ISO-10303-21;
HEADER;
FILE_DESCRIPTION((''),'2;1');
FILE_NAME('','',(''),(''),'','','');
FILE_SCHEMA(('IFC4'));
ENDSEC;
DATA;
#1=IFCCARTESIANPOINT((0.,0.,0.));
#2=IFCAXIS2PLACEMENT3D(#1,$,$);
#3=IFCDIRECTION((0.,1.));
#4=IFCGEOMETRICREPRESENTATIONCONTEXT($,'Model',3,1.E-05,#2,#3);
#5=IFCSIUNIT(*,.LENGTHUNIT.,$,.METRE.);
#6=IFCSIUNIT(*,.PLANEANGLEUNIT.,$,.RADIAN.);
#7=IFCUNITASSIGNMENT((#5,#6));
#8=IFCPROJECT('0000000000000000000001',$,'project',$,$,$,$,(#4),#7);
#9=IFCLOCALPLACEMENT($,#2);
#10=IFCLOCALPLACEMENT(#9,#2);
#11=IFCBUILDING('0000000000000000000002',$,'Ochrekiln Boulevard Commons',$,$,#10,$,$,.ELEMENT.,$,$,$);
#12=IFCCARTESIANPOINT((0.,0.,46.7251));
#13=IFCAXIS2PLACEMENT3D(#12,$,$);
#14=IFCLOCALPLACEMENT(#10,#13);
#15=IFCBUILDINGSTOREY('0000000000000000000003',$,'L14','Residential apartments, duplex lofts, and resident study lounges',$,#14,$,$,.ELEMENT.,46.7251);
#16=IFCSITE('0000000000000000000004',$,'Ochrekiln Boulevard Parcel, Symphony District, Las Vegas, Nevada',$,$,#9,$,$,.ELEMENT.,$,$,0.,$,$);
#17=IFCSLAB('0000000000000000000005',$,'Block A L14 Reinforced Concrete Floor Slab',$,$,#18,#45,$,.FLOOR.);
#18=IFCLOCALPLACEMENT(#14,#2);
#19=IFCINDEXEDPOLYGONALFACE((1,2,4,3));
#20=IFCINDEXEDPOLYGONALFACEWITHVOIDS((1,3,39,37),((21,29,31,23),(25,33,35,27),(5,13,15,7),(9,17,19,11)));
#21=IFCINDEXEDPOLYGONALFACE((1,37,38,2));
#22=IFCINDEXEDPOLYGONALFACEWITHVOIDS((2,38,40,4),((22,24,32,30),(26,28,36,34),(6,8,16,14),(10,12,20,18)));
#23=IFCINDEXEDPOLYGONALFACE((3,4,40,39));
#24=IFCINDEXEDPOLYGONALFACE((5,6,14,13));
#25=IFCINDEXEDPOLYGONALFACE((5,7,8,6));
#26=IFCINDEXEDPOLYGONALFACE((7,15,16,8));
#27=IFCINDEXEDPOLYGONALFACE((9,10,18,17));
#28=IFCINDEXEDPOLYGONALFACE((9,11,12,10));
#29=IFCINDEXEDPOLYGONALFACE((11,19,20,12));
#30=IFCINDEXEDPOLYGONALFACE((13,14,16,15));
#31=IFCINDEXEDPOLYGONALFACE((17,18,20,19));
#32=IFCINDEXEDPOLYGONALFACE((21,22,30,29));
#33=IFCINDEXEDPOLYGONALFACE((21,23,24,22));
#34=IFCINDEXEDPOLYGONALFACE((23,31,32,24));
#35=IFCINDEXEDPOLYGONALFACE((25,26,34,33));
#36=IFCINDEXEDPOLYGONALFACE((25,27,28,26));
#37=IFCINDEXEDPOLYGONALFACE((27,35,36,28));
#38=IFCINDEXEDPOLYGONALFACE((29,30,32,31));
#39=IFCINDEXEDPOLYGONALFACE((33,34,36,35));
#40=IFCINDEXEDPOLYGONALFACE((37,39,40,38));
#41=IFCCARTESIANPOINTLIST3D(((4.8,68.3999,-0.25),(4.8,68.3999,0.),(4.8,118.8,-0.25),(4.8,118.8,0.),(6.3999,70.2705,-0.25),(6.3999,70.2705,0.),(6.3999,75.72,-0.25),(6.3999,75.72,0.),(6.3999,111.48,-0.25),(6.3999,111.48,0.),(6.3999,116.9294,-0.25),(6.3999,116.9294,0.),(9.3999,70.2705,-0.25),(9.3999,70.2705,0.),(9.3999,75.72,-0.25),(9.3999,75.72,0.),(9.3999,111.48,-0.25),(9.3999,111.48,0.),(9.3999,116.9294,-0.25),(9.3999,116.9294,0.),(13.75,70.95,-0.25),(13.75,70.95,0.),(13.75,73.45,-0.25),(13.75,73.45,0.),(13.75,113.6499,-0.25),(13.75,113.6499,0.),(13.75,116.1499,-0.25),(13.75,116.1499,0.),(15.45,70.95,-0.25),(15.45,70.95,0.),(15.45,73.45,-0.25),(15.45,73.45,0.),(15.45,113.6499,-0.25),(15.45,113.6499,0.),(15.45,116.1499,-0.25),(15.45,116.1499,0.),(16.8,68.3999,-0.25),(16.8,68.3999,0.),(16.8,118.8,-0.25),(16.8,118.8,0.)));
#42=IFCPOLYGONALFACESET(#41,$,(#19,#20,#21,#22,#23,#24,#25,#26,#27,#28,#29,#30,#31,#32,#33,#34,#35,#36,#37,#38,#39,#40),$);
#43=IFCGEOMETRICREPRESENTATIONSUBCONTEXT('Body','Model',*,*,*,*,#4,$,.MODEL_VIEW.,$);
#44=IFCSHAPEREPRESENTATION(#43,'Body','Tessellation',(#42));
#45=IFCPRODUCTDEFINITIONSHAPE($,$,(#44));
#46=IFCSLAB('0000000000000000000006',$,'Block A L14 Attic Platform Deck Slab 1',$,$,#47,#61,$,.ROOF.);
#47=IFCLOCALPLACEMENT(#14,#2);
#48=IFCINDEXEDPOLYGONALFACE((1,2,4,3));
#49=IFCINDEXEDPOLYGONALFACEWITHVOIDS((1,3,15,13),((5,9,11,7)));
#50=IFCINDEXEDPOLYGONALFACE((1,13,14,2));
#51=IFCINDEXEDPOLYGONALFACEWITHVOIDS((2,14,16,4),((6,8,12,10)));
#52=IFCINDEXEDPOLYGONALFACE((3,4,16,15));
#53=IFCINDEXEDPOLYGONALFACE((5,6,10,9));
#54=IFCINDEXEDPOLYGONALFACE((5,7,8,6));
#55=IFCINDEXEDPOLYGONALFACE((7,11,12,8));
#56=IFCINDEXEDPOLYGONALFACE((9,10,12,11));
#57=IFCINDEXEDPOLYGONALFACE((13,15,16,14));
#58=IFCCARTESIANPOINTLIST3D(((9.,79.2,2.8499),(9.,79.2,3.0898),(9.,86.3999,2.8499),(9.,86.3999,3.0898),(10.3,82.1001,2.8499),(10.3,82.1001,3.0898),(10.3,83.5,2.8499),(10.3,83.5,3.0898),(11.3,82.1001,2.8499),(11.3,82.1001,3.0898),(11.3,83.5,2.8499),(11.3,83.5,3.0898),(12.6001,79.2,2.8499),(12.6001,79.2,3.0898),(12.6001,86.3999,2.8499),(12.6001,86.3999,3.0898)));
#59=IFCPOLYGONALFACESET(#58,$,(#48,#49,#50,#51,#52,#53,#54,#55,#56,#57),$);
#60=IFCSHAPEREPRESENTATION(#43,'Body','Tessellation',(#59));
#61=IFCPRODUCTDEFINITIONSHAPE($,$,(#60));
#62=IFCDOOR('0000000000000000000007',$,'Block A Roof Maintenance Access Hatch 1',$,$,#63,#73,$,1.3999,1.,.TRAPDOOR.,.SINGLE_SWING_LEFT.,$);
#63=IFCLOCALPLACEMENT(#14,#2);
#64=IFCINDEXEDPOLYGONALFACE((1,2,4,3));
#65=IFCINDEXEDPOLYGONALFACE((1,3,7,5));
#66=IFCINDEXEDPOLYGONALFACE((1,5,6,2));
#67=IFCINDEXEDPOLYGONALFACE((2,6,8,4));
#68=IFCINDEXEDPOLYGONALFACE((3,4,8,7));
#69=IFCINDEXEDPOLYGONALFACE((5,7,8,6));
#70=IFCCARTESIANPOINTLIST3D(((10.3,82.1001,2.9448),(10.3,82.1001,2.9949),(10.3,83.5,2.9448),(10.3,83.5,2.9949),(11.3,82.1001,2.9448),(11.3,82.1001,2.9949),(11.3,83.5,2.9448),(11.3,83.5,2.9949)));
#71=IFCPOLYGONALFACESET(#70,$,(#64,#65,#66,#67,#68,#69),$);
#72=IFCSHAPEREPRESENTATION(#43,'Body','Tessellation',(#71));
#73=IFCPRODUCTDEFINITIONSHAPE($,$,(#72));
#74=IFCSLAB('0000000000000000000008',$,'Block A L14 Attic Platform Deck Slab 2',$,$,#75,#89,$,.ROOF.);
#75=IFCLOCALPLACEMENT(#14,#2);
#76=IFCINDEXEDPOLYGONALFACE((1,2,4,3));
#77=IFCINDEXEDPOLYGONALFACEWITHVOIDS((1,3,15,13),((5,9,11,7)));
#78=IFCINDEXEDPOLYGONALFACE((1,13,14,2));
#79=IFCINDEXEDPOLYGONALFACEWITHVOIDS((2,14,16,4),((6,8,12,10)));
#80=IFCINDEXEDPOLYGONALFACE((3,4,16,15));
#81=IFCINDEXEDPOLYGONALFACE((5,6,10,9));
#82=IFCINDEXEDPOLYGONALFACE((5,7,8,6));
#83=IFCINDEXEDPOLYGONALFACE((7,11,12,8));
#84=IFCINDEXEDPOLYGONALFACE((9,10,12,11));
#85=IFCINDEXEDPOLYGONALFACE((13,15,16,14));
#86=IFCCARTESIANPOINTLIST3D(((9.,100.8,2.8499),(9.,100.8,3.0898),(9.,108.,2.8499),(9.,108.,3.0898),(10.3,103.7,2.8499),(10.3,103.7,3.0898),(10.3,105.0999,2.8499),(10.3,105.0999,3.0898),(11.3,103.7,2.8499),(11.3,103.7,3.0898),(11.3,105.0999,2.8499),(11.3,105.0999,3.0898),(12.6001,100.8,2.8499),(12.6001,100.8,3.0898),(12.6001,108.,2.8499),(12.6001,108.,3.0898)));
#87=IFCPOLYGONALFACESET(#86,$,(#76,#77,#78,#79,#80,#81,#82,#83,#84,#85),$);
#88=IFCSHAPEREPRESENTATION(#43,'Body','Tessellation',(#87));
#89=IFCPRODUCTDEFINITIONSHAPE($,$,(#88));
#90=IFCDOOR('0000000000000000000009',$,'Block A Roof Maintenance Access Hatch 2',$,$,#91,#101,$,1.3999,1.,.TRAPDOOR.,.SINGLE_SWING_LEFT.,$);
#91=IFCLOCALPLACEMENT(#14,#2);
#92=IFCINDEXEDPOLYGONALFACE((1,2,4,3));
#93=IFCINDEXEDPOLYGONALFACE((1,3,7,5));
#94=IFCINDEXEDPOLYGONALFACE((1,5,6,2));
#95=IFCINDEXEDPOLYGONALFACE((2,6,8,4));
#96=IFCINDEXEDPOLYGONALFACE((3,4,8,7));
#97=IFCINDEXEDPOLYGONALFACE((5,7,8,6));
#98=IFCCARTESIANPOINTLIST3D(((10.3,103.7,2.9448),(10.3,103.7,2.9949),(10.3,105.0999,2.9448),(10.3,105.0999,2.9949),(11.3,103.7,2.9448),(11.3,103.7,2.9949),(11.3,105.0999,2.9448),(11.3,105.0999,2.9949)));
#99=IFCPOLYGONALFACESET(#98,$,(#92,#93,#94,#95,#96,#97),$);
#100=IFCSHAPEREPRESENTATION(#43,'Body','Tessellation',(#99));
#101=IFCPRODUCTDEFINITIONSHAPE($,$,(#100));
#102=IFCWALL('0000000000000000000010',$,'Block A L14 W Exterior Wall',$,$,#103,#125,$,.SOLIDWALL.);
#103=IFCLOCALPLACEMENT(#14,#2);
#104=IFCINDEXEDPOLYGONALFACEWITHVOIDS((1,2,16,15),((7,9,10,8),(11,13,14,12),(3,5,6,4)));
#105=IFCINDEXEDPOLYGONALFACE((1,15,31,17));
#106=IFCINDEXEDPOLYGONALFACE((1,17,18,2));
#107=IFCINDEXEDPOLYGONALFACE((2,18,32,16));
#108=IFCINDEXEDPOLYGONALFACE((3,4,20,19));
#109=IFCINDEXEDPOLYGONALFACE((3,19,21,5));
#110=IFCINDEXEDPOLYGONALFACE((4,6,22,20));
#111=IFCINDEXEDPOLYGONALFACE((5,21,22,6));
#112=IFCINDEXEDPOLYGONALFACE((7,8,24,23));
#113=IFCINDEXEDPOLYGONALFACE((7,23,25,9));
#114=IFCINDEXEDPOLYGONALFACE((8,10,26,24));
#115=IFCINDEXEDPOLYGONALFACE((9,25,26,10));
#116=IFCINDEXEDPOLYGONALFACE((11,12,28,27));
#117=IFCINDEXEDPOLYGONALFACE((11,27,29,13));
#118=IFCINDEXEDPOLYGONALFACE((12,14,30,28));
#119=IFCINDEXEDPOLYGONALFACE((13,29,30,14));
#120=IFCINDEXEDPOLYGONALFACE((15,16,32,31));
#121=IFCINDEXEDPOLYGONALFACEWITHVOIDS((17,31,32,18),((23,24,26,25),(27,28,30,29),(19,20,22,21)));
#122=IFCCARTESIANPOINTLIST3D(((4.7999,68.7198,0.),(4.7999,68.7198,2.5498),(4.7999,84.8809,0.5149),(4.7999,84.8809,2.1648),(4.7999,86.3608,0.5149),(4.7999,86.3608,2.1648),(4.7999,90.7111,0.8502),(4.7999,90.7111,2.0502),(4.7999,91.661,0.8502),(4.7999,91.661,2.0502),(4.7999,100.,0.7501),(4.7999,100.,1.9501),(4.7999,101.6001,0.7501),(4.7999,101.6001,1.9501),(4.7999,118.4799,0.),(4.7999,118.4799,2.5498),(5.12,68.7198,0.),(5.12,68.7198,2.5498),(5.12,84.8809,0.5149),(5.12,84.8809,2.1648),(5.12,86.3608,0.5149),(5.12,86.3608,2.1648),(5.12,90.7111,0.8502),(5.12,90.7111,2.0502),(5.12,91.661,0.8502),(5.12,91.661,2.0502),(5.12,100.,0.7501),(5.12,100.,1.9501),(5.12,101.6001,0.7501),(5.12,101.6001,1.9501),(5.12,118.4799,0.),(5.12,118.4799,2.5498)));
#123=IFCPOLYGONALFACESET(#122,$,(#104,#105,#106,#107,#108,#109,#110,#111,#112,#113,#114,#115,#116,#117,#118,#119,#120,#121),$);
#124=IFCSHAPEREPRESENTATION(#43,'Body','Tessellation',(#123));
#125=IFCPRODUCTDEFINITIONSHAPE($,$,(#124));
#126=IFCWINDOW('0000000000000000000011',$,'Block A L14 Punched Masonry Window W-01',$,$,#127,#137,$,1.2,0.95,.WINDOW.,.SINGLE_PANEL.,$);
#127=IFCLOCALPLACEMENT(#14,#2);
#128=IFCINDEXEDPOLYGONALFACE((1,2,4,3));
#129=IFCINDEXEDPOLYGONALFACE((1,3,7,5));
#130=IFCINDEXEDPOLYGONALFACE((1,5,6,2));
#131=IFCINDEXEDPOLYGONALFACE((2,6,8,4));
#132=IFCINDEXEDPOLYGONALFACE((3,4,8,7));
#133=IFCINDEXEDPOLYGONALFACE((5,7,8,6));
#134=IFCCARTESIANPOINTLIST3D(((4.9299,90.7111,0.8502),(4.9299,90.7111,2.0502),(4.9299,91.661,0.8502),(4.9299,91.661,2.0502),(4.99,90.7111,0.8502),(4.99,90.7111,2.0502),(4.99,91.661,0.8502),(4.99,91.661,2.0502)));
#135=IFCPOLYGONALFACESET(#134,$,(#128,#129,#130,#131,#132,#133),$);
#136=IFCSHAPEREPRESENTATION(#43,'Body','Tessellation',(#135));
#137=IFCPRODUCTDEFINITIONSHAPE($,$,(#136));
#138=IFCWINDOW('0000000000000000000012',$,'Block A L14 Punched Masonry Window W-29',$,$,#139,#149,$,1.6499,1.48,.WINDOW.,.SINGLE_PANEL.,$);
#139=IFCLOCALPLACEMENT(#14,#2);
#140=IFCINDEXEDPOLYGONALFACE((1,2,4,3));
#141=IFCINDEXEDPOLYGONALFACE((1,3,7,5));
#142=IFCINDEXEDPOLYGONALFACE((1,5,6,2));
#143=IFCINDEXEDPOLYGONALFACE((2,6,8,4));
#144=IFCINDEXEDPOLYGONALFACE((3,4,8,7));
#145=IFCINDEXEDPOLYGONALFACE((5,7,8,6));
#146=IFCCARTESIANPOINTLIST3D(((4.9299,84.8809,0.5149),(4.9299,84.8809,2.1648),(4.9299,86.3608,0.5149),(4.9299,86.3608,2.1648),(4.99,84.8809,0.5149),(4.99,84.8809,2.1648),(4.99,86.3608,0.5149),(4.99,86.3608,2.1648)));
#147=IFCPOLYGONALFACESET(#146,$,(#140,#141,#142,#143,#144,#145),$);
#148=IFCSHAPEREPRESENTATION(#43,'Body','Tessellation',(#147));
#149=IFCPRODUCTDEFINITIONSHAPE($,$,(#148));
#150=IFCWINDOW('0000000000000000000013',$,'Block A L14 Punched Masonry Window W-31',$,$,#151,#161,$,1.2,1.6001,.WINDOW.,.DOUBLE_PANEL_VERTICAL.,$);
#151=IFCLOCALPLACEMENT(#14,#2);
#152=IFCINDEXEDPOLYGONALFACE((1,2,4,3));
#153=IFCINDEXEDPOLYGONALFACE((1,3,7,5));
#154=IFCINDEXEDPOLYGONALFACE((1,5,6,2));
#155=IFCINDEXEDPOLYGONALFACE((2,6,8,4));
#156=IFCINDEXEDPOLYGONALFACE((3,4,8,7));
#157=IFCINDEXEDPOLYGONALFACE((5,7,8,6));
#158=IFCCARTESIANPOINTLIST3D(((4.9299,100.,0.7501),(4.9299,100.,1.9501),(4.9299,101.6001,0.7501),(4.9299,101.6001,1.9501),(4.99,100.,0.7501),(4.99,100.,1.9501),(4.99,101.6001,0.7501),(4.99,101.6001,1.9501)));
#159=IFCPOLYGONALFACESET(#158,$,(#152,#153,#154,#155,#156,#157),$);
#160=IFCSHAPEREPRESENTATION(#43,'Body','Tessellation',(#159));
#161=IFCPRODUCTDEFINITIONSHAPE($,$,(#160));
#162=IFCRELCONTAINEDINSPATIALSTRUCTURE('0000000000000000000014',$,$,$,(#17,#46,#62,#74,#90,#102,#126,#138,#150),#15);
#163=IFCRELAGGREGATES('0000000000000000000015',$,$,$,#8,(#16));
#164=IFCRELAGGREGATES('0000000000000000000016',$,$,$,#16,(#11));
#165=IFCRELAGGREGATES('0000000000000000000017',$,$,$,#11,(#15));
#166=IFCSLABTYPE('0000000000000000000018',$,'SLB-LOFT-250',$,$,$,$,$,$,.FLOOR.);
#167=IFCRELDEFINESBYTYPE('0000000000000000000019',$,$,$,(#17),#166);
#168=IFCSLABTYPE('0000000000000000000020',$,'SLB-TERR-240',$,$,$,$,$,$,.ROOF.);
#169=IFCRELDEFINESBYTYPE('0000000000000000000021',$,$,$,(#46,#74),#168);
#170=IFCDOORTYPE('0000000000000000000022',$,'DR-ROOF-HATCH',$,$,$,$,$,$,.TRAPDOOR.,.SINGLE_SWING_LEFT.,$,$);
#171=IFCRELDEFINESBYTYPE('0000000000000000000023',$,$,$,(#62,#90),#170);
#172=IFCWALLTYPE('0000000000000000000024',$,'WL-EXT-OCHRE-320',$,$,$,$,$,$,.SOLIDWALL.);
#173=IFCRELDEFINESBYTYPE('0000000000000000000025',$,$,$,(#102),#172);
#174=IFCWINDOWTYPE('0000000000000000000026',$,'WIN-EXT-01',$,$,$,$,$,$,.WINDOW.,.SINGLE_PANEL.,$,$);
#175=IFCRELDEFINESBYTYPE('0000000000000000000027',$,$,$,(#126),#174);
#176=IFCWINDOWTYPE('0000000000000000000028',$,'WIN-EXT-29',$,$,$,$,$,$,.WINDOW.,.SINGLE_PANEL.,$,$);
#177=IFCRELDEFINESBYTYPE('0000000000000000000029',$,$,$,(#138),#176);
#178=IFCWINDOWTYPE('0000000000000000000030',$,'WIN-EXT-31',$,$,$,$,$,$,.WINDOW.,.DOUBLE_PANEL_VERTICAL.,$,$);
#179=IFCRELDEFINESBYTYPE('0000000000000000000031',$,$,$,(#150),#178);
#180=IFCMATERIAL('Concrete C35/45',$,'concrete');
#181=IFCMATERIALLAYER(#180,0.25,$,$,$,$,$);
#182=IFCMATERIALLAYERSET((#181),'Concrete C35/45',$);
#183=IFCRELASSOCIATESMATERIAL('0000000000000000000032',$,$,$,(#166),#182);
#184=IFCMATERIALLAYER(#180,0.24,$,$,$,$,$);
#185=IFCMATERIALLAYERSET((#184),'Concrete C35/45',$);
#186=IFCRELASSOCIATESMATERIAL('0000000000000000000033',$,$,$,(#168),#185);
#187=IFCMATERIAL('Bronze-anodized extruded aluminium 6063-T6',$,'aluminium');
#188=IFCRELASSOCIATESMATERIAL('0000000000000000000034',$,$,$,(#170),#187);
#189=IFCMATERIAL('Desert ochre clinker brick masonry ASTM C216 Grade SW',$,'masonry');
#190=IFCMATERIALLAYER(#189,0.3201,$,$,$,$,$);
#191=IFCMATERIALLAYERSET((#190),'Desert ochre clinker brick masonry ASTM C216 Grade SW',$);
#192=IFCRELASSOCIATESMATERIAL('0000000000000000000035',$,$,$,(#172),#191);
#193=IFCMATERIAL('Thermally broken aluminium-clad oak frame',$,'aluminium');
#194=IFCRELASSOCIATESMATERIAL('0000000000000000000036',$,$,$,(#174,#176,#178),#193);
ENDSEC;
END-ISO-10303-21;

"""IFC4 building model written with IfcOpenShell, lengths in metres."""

from ifc_helpers import new_model, si_unit, direction, frame, frame_2d, origin, origin_2d, place, context, subcontext, project, spatial, polyline, rectangle, outline, extrude, material, layer, layer_set, type_object, element, fill, save


model = new_model("IFC4")

# Units and contexts
model_context = context("Model", 3, precision=1e-05, world=origin(), true_north=direction((0.0, 1.0)))
body_context = subcontext(model_context, "Body", "Model", "MODEL_VIEW")
ifc_project = project(units=[si_unit("LENGTHUNIT", "METRE"), si_unit("PLANEANGLEUNIT", "RADIAN")], contexts=[model_context])

# Site, building, storey
site_placement = place(None, origin())
site = spatial("IfcSite", under=ifc_project, at=site_placement, Name="Ochrekiln Boulevard Parcel, Symphony District, Las Vegas, Nevada", CompositionType="ELEMENT", RefElevation=0.0)
building_placement = place(site_placement, origin())
building = spatial("IfcBuilding", under=site, at=building_placement, Name="Ochrekiln Boulevard Commons", CompositionType="ELEMENT")
storey_placement = place(building_placement, frame((0.0, 0.0, 46.7251)))
storey = spatial("IfcBuildingStorey", under=building, at=storey_placement, Name="L14", Description="Residential apartments, duplex lofts, and resident study lounges", CompositionType="ELEMENT", Elevation=46.7251)

# Shared definitions
ifc_material_1 = material(Name="Concrete C35/45", Category="concrete")

# Shared definitions
ifc_material_2 = material(Name="Bronze-anodized extruded aluminium 6063-T6", Category="aluminium")

# Slab
ifc_layer_1 = layer(ifc_material_1, 0.25)
ifc_layer_set_1 = layer_set([ifc_layer_1], Name="Concrete C35/45")
slab_type_1 = type_object("IfcSlabType", Name="SLB-LOFT-250", PredefinedType="FLOOR", material=ifc_layer_set_1)
slab_1_placement = place(storey_placement, frame((0.0, 0.0, -0.25)))
element("IfcSlab", 1, at=slab_1_placement, inside=storey, type_object=slab_type_1, Name="Block A L14 Reinforced Concrete Floor Slab", PredefinedType="FLOOR", context=body_context, shape_type="SweptSolid", body=[
    extrude(outline(polyline([(4.8, 68.3999), (16.8, 68.3999), (16.8, 118.8), (4.8, 118.8), (4.8, 68.3999)]), holes=[polyline([(9.3999, 70.2705), (9.3999, 75.72), (6.3999, 75.72), (6.3999, 70.2705), (9.3999, 70.2705)]), polyline([(6.3999, 116.9294), (6.3999, 111.48), (9.3999, 111.48), (9.3999, 116.9294), (6.3999, 116.9294)]), polyline([(13.75, 70.95), (15.45, 70.95), (15.45, 73.45), (13.75, 73.45), (13.75, 70.95)]), polyline([(13.75, 113.6499), (15.45, 113.6499), (15.45, 116.1499), (13.75, 116.1499), (13.75, 113.6499)])]), origin(), (0.0, 0.0, 1.0), 0.25),
])

# Slabs, openings, doors
ifc_layer_2 = layer(ifc_material_1, 0.24)
ifc_layer_set_2 = layer_set([ifc_layer_2], Name="Concrete C35/45")
slab_type_2 = type_object("IfcSlabType", Name="SLB-TERR-240", PredefinedType="ROOF", material=ifc_layer_set_2)
slab_2_placement = place(storey_placement, frame((0.0, 0.0, 2.8499)))
slab_2 = element("IfcSlab", 2, at=slab_2_placement, inside=storey, type_object=slab_type_2, Name="Block A L14 Attic Platform Deck Slab 1", PredefinedType="ROOF", context=body_context, shape_type="SweptSolid", body=[
    extrude(outline(polyline([(9.0, 79.2), (12.6001, 79.2), (12.6001, 86.3999), (9.0, 86.3999), (9.0, 79.2)])), origin(), (0.0, 0.0, 1.0), 0.24),
])
opening_1_placement = place(slab_2_placement, frame((10.8, 82.8, 0.0)))
opening_1 = element("IfcOpeningElement", 3, at=opening_1_placement, cuts=slab_2, PredefinedType="OPENING", context=body_context, shape_type="SweptSolid", body=[
    extrude(rectangle(XDim=1.0, YDim=1.3999, at=origin_2d()), frame((0.0, 0.0, -0.01)), (0.0, 0.0, 1.0), 0.26),
])
door_type_1 = type_object("IfcDoorType", Name="DR-ROOF-HATCH", OperationType="SINGLE_SWING_LEFT", PredefinedType="TRAPDOOR", material=ifc_material_2)
door_1_placement = place(opening_1_placement, frame((0.0, 0.0, 0.095)))
door_1 = element("IfcDoor", 4, at=door_1_placement, inside=storey, type_object=door_type_1, Name="Block A Roof Maintenance Access Hatch 1", OperationType="SINGLE_SWING_LEFT", OverallHeight=1.3999, OverallWidth=1.0, PredefinedType="TRAPDOOR", context=body_context, shape_type="SweptSolid", body=[
    extrude(rectangle(XDim=1.0, YDim=1.3999, at=origin_2d()), origin(), (0.0, 0.0, 1.0), 0.05),
])
fill(opening_1, door_1)
slab_3_placement = place(storey_placement, frame((0.0, 0.0, 2.8499)))
slab_3 = element("IfcSlab", 5, at=slab_3_placement, inside=storey, type_object=slab_type_2, Name="Block A L14 Attic Platform Deck Slab 2", PredefinedType="ROOF", context=body_context, shape_type="SweptSolid", body=[
    extrude(outline(polyline([(9.0, 100.8), (12.6001, 100.8), (12.6001, 108.0), (9.0, 108.0), (9.0, 100.8)])), origin(), (0.0, 0.0, 1.0), 0.24),
])
opening_2_placement = place(slab_3_placement, frame((10.8, 104.3999, 0.0)))
opening_2 = element("IfcOpeningElement", 6, at=opening_2_placement, cuts=slab_3, PredefinedType="OPENING", context=body_context, shape_type="SweptSolid", body=[
    extrude(rectangle(XDim=1.0, YDim=1.3999, at=origin_2d()), frame((0.0, 0.0, -0.01)), (0.0, 0.0, 1.0), 0.26),
])
door_2_placement = place(opening_2_placement, frame((0.0, 0.0, 0.095)))
door_2 = element("IfcDoor", 7, at=door_2_placement, inside=storey, type_object=door_type_1, Name="Block A Roof Maintenance Access Hatch 2", OperationType="SINGLE_SWING_LEFT", OverallHeight=1.3999, OverallWidth=1.0, PredefinedType="TRAPDOOR", context=body_context, shape_type="SweptSolid", body=[
    extrude(rectangle(XDim=1.0, YDim=1.3999, at=origin_2d()), origin(), (0.0, 0.0, 1.0), 0.05),
])
fill(opening_2, door_2)

# Wall, openings, windows
ifc_material_3 = material(Name="Desert ochre clinker brick masonry ASTM C216 Grade SW", Category="masonry")
ifc_layer_3 = layer(ifc_material_3, 0.3201)
ifc_layer_set_3 = layer_set([ifc_layer_3], Name="Desert ochre clinker brick masonry ASTM C216 Grade SW")
wall_type_1 = type_object("IfcWallType", Name="WL-EXT-OCHRE-320", PredefinedType="SOLIDWALL", material=ifc_layer_set_3)
wall_1_placement = place(storey_placement, frame((4.96, 68.72, 0.0), z_axis=(0.0, 0.0, 1.0), x_axis=(0.0, 1.0, 0.0)))
wall_1 = element("IfcWall", 8, at=wall_1_placement, inside=storey, type_object=wall_type_1, Name="Block A L14 W Exterior Wall", PredefinedType="SOLIDWALL", context=body_context, shape_type="SweptSolid", body=[
    extrude(rectangle(XDim=49.76, YDim=0.3201, at=frame_2d((24.8799, 0.0))), origin(), (0.0, 0.0, 1.0), 2.5498),
])
opening_3_placement = place(wall_1_placement, frame((16.1609, 0.0, 0.5149)))
opening_3 = element("IfcOpeningElement", 9, at=opening_3_placement, cuts=wall_1, PredefinedType="OPENING", context=body_context, shape_type="SweptSolid", body=[
    extrude(rectangle(XDim=1.48, YDim=1.6499, at=frame_2d((0.74, 0.825))), frame((0.0, 0.1699, 0.0), z_axis=(0.0, -1.0, 0.0), x_axis=(1.0, 0.0, 0.0)), (0.0, 0.0, 1.0), 0.3401),
])
opening_4_placement = place(wall_1_placement, frame((21.991, 0.0, 0.8501)))
opening_4 = element("IfcOpeningElement", 10, at=opening_4_placement, cuts=wall_1, PredefinedType="OPENING", context=body_context, shape_type="SweptSolid", body=[
    extrude(rectangle(XDim=0.95, YDim=1.2, at=frame_2d((0.4751, 0.6001))), frame((0.0, 0.1699, 0.0), z_axis=(0.0, -1.0, 0.0), x_axis=(1.0, 0.0, 0.0)), (0.0, 0.0, 1.0), 0.3401),
])
opening_5_placement = place(wall_1_placement, frame((31.28, 0.0, 0.75)))
opening_5 = element("IfcOpeningElement", 11, at=opening_5_placement, cuts=wall_1, PredefinedType="OPENING", context=body_context, shape_type="SweptSolid", body=[
    extrude(rectangle(XDim=1.6001, YDim=1.2, at=frame_2d((0.8, 0.6001))), frame((0.0, 0.1699, 0.0), z_axis=(0.0, -1.0, 0.0), x_axis=(1.0, 0.0, 0.0)), (0.0, 0.0, 1.0), 0.3401),
])
ifc_material_4 = material(Name="Thermally broken aluminium-clad oak frame", Category="aluminium")
window_type_1 = type_object("IfcWindowType", Name="WIN-EXT-01", PartitioningType="SINGLE_PANEL", PredefinedType="WINDOW", material=ifc_material_4)
window_1_placement = place(opening_4_placement, origin())
window_1 = element("IfcWindow", 12, at=window_1_placement, inside=storey, type_object=window_type_1, Name="Block A L14 Punched Masonry Window W-01", OverallHeight=1.2, OverallWidth=0.95, PartitioningType="SINGLE_PANEL", PredefinedType="WINDOW", context=body_context, shape_type="SweptSolid", body=[
    extrude(rectangle(XDim=0.95, YDim=1.2, at=frame_2d((0.4751, 0.6001))), frame((0.0, 0.03, 0.0), z_axis=(0.0, -1.0, 0.0), x_axis=(1.0, 0.0, 0.0)), (0.0, 0.0, 1.0), 0.0601),
])
fill(opening_4, window_1)
window_type_2 = type_object("IfcWindowType", Name="WIN-EXT-29", PartitioningType="SINGLE_PANEL", PredefinedType="WINDOW", material=ifc_material_4)
window_2_placement = place(opening_3_placement, origin())
window_2 = element("IfcWindow", 13, at=window_2_placement, inside=storey, type_object=window_type_2, Name="Block A L14 Punched Masonry Window W-29", OverallHeight=1.6499, OverallWidth=1.48, PartitioningType="SINGLE_PANEL", PredefinedType="WINDOW", context=body_context, shape_type="SweptSolid", body=[
    extrude(rectangle(XDim=1.48, YDim=1.6499, at=frame_2d((0.74, 0.825))), frame((0.0, 0.03, 0.0), z_axis=(0.0, -1.0, 0.0), x_axis=(1.0, 0.0, 0.0)), (0.0, 0.0, 1.0), 0.0601),
])
fill(opening_3, window_2)
window_type_3 = type_object("IfcWindowType", Name="WIN-EXT-31", PartitioningType="DOUBLE_PANEL_VERTICAL", PredefinedType="WINDOW", material=ifc_material_4)
window_3_placement = place(opening_5_placement, origin())
window_3 = element("IfcWindow", 14, at=window_3_placement, inside=storey, type_object=window_type_3, Name="Block A L14 Punched Masonry Window W-31", OverallHeight=1.2, OverallWidth=1.6001, PartitioningType="DOUBLE_PANEL_VERTICAL", PredefinedType="WINDOW", context=body_context, shape_type="SweptSolid", body=[
    extrude(rectangle(XDim=1.6001, YDim=1.2, at=frame_2d((0.8, 0.6001))), frame((0.0, 0.03, 0.0), z_axis=(0.0, -1.0, 0.0), x_axis=(1.0, 0.0, 0.0)), (0.0, 0.0, 1.0), 0.0601),
])
fill(opening_5, window_3)

save(model, "model.ifc")
